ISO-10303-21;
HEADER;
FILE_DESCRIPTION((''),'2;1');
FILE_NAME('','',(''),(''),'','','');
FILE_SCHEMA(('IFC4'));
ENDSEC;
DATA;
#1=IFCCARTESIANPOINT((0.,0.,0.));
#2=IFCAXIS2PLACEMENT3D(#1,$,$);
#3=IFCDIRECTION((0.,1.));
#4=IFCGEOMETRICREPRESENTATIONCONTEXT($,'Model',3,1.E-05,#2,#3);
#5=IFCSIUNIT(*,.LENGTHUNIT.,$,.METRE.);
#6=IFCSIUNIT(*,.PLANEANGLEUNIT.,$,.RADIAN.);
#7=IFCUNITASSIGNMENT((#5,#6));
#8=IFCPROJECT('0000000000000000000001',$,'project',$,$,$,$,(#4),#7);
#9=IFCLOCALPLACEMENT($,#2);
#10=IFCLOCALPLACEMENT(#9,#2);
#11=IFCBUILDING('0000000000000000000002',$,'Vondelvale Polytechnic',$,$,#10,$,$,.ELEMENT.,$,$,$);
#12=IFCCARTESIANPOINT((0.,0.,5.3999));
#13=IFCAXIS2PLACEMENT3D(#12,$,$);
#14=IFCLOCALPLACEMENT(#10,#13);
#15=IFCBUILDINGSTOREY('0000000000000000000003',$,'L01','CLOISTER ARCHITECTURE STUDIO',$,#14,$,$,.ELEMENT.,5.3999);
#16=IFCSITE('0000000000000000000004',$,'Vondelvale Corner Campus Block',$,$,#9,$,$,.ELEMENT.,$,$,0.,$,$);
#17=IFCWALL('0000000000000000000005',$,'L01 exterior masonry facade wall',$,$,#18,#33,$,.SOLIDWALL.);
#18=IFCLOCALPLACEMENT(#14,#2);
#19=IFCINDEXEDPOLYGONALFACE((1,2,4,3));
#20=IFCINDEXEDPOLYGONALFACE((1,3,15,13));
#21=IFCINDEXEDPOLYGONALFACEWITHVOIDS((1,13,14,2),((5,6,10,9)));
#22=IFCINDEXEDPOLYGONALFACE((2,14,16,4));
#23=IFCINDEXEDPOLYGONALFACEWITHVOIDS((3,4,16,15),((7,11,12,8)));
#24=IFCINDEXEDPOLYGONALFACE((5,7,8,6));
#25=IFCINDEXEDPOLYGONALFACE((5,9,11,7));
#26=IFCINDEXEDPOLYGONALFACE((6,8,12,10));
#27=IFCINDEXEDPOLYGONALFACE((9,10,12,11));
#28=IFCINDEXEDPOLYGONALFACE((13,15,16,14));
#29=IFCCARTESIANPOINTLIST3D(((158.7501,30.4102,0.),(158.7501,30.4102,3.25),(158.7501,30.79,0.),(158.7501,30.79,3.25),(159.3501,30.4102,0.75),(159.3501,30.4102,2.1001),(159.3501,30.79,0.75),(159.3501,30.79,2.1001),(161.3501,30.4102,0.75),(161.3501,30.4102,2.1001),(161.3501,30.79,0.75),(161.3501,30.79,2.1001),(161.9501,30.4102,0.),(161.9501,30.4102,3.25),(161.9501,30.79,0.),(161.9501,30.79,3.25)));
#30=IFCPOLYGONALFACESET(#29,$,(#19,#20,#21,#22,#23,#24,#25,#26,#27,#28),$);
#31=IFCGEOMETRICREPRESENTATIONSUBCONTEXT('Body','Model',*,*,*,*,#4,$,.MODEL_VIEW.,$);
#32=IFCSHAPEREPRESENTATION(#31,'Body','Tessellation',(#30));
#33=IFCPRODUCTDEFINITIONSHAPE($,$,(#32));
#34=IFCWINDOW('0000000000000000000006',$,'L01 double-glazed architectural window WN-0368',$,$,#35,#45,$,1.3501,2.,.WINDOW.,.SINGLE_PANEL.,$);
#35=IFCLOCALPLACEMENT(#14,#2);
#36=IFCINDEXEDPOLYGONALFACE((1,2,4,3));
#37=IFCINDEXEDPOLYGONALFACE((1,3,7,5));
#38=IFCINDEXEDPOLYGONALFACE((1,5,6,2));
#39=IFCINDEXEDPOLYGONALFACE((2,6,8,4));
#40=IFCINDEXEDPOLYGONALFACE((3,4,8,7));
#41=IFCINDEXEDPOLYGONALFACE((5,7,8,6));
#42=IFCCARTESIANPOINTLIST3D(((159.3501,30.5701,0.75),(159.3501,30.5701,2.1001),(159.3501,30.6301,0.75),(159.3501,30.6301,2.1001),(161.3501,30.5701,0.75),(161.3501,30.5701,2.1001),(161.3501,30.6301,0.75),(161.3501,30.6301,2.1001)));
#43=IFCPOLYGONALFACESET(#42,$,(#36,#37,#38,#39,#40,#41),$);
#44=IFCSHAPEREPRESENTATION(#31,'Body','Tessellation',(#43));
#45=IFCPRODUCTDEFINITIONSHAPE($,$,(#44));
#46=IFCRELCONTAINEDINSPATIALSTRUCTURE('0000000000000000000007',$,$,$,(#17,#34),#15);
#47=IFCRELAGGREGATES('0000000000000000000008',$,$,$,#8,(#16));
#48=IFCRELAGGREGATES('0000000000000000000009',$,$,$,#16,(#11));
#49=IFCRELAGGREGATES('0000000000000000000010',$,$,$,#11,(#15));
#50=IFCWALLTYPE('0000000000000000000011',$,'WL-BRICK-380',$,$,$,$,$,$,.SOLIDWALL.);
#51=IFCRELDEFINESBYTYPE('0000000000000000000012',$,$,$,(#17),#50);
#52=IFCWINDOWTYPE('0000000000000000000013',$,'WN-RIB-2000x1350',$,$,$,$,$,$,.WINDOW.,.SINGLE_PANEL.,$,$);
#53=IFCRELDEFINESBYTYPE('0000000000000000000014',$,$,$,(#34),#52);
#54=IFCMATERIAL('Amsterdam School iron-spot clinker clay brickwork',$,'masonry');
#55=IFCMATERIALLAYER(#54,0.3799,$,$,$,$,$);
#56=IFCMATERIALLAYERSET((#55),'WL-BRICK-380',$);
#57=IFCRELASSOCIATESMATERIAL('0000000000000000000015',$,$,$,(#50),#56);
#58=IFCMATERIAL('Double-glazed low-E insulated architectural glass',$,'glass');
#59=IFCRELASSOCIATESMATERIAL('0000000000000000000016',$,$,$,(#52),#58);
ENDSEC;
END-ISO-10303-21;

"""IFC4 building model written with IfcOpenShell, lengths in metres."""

from ifc_helpers import new_model, si_unit, direction, frame, frame_2d, origin, place, context, subcontext, project, spatial, rectangle, extrude, material, layer, layer_set, type_object, element, fill, save


model = new_model("IFC4")

# Units and contexts
model_context = context("Model", 3, precision=1e-05, world=origin(), true_north=direction((0.0, 1.0)))
body_context = subcontext(model_context, "Body", "Model", "MODEL_VIEW")
ifc_project = project(units=[si_unit("LENGTHUNIT", "METRE"), si_unit("PLANEANGLEUNIT", "RADIAN")], contexts=[model_context])

# Site, building, storey
site_placement = place(None, origin())
site = spatial("IfcSite", under=ifc_project, at=site_placement, Name="Vondelvale Corner Campus Block", CompositionType="ELEMENT", RefElevation=0.0)
building_placement = place(site_placement, origin())
building = spatial("IfcBuilding", under=site, at=building_placement, Name="Vondelvale Polytechnic", CompositionType="ELEMENT")
storey_placement = place(building_placement, frame((0.0, 0.0, 5.3999)))
storey = spatial("IfcBuildingStorey", under=building, at=storey_placement, Name="L01", Description="CLOISTER ARCHITECTURE STUDIO", CompositionType="ELEMENT", Elevation=5.3999)

# Shared definitions
ifc_material_1 = material(Name="Double-glazed low-E insulated architectural glass", Category="glass")

# Wall, opening, window
ifc_material_2 = material(Name="Amsterdam School iron-spot clinker clay brickwork", Category="masonry")
ifc_layer_1 = layer(ifc_material_2, 0.3799)
ifc_layer_set_1 = layer_set([ifc_layer_1], Name="WL-BRICK-380")
wall_type = type_object("IfcWallType", Name="WL-BRICK-380", PredefinedType="SOLIDWALL", material=ifc_layer_set_1)
wall_placement = place(storey_placement, frame((158.75, 30.6001, 0.0), z_axis=(0.0, 0.0, 1.0), x_axis=(1.0, 0.0, 0.0)))
wall = element("IfcWall", 1, at=wall_placement, inside=storey, type_object=wall_type, Name="L01 exterior masonry facade wall", PredefinedType="SOLIDWALL", context=body_context, shape_type="SweptSolid", body=[
    extrude(rectangle(XDim=3.2, YDim=0.3799, at=frame_2d((1.6001, 0.0))), origin(), (0.0, 0.0, 1.0), 3.25),
])
opening_placement = place(wall_placement, frame((0.6001, 0.0, 0.75)))
opening = element("IfcOpeningElement", 2, at=opening_placement, cuts=wall, PredefinedType="OPENING", context=body_context, shape_type="SweptSolid", body=[
    extrude(rectangle(XDim=2.0, YDim=1.3501, at=frame_2d((1.0, 0.675))), frame((0.0, 0.2, 0.0), z_axis=(0.0, -1.0, 0.0), x_axis=(1.0, 0.0, 0.0)), (0.0, 0.0, 1.0), 0.3999),
])
window_type = type_object("IfcWindowType", Name="WN-RIB-2000x1350", PartitioningType="SINGLE_PANEL", PredefinedType="WINDOW", material=ifc_material_1)
window_placement = place(opening_placement, origin())
window = element("IfcWindow", 3, at=window_placement, inside=storey, type_object=window_type, Name="L01 double-glazed architectural window WN-0368", OverallHeight=1.3501, OverallWidth=2.0, PartitioningType="SINGLE_PANEL", PredefinedType="WINDOW", context=body_context, shape_type="SweptSolid", body=[
    extrude(rectangle(XDim=2.0, YDim=1.3501, at=frame_2d((1.0, 0.675))), frame((0.0, 0.03, 0.0), z_axis=(0.0, -1.0, 0.0), x_axis=(1.0, 0.0, 0.0)), (0.0, 0.0, 1.0), 0.0601),
])
fill(opening, window)

save(model, "model.ifc")
